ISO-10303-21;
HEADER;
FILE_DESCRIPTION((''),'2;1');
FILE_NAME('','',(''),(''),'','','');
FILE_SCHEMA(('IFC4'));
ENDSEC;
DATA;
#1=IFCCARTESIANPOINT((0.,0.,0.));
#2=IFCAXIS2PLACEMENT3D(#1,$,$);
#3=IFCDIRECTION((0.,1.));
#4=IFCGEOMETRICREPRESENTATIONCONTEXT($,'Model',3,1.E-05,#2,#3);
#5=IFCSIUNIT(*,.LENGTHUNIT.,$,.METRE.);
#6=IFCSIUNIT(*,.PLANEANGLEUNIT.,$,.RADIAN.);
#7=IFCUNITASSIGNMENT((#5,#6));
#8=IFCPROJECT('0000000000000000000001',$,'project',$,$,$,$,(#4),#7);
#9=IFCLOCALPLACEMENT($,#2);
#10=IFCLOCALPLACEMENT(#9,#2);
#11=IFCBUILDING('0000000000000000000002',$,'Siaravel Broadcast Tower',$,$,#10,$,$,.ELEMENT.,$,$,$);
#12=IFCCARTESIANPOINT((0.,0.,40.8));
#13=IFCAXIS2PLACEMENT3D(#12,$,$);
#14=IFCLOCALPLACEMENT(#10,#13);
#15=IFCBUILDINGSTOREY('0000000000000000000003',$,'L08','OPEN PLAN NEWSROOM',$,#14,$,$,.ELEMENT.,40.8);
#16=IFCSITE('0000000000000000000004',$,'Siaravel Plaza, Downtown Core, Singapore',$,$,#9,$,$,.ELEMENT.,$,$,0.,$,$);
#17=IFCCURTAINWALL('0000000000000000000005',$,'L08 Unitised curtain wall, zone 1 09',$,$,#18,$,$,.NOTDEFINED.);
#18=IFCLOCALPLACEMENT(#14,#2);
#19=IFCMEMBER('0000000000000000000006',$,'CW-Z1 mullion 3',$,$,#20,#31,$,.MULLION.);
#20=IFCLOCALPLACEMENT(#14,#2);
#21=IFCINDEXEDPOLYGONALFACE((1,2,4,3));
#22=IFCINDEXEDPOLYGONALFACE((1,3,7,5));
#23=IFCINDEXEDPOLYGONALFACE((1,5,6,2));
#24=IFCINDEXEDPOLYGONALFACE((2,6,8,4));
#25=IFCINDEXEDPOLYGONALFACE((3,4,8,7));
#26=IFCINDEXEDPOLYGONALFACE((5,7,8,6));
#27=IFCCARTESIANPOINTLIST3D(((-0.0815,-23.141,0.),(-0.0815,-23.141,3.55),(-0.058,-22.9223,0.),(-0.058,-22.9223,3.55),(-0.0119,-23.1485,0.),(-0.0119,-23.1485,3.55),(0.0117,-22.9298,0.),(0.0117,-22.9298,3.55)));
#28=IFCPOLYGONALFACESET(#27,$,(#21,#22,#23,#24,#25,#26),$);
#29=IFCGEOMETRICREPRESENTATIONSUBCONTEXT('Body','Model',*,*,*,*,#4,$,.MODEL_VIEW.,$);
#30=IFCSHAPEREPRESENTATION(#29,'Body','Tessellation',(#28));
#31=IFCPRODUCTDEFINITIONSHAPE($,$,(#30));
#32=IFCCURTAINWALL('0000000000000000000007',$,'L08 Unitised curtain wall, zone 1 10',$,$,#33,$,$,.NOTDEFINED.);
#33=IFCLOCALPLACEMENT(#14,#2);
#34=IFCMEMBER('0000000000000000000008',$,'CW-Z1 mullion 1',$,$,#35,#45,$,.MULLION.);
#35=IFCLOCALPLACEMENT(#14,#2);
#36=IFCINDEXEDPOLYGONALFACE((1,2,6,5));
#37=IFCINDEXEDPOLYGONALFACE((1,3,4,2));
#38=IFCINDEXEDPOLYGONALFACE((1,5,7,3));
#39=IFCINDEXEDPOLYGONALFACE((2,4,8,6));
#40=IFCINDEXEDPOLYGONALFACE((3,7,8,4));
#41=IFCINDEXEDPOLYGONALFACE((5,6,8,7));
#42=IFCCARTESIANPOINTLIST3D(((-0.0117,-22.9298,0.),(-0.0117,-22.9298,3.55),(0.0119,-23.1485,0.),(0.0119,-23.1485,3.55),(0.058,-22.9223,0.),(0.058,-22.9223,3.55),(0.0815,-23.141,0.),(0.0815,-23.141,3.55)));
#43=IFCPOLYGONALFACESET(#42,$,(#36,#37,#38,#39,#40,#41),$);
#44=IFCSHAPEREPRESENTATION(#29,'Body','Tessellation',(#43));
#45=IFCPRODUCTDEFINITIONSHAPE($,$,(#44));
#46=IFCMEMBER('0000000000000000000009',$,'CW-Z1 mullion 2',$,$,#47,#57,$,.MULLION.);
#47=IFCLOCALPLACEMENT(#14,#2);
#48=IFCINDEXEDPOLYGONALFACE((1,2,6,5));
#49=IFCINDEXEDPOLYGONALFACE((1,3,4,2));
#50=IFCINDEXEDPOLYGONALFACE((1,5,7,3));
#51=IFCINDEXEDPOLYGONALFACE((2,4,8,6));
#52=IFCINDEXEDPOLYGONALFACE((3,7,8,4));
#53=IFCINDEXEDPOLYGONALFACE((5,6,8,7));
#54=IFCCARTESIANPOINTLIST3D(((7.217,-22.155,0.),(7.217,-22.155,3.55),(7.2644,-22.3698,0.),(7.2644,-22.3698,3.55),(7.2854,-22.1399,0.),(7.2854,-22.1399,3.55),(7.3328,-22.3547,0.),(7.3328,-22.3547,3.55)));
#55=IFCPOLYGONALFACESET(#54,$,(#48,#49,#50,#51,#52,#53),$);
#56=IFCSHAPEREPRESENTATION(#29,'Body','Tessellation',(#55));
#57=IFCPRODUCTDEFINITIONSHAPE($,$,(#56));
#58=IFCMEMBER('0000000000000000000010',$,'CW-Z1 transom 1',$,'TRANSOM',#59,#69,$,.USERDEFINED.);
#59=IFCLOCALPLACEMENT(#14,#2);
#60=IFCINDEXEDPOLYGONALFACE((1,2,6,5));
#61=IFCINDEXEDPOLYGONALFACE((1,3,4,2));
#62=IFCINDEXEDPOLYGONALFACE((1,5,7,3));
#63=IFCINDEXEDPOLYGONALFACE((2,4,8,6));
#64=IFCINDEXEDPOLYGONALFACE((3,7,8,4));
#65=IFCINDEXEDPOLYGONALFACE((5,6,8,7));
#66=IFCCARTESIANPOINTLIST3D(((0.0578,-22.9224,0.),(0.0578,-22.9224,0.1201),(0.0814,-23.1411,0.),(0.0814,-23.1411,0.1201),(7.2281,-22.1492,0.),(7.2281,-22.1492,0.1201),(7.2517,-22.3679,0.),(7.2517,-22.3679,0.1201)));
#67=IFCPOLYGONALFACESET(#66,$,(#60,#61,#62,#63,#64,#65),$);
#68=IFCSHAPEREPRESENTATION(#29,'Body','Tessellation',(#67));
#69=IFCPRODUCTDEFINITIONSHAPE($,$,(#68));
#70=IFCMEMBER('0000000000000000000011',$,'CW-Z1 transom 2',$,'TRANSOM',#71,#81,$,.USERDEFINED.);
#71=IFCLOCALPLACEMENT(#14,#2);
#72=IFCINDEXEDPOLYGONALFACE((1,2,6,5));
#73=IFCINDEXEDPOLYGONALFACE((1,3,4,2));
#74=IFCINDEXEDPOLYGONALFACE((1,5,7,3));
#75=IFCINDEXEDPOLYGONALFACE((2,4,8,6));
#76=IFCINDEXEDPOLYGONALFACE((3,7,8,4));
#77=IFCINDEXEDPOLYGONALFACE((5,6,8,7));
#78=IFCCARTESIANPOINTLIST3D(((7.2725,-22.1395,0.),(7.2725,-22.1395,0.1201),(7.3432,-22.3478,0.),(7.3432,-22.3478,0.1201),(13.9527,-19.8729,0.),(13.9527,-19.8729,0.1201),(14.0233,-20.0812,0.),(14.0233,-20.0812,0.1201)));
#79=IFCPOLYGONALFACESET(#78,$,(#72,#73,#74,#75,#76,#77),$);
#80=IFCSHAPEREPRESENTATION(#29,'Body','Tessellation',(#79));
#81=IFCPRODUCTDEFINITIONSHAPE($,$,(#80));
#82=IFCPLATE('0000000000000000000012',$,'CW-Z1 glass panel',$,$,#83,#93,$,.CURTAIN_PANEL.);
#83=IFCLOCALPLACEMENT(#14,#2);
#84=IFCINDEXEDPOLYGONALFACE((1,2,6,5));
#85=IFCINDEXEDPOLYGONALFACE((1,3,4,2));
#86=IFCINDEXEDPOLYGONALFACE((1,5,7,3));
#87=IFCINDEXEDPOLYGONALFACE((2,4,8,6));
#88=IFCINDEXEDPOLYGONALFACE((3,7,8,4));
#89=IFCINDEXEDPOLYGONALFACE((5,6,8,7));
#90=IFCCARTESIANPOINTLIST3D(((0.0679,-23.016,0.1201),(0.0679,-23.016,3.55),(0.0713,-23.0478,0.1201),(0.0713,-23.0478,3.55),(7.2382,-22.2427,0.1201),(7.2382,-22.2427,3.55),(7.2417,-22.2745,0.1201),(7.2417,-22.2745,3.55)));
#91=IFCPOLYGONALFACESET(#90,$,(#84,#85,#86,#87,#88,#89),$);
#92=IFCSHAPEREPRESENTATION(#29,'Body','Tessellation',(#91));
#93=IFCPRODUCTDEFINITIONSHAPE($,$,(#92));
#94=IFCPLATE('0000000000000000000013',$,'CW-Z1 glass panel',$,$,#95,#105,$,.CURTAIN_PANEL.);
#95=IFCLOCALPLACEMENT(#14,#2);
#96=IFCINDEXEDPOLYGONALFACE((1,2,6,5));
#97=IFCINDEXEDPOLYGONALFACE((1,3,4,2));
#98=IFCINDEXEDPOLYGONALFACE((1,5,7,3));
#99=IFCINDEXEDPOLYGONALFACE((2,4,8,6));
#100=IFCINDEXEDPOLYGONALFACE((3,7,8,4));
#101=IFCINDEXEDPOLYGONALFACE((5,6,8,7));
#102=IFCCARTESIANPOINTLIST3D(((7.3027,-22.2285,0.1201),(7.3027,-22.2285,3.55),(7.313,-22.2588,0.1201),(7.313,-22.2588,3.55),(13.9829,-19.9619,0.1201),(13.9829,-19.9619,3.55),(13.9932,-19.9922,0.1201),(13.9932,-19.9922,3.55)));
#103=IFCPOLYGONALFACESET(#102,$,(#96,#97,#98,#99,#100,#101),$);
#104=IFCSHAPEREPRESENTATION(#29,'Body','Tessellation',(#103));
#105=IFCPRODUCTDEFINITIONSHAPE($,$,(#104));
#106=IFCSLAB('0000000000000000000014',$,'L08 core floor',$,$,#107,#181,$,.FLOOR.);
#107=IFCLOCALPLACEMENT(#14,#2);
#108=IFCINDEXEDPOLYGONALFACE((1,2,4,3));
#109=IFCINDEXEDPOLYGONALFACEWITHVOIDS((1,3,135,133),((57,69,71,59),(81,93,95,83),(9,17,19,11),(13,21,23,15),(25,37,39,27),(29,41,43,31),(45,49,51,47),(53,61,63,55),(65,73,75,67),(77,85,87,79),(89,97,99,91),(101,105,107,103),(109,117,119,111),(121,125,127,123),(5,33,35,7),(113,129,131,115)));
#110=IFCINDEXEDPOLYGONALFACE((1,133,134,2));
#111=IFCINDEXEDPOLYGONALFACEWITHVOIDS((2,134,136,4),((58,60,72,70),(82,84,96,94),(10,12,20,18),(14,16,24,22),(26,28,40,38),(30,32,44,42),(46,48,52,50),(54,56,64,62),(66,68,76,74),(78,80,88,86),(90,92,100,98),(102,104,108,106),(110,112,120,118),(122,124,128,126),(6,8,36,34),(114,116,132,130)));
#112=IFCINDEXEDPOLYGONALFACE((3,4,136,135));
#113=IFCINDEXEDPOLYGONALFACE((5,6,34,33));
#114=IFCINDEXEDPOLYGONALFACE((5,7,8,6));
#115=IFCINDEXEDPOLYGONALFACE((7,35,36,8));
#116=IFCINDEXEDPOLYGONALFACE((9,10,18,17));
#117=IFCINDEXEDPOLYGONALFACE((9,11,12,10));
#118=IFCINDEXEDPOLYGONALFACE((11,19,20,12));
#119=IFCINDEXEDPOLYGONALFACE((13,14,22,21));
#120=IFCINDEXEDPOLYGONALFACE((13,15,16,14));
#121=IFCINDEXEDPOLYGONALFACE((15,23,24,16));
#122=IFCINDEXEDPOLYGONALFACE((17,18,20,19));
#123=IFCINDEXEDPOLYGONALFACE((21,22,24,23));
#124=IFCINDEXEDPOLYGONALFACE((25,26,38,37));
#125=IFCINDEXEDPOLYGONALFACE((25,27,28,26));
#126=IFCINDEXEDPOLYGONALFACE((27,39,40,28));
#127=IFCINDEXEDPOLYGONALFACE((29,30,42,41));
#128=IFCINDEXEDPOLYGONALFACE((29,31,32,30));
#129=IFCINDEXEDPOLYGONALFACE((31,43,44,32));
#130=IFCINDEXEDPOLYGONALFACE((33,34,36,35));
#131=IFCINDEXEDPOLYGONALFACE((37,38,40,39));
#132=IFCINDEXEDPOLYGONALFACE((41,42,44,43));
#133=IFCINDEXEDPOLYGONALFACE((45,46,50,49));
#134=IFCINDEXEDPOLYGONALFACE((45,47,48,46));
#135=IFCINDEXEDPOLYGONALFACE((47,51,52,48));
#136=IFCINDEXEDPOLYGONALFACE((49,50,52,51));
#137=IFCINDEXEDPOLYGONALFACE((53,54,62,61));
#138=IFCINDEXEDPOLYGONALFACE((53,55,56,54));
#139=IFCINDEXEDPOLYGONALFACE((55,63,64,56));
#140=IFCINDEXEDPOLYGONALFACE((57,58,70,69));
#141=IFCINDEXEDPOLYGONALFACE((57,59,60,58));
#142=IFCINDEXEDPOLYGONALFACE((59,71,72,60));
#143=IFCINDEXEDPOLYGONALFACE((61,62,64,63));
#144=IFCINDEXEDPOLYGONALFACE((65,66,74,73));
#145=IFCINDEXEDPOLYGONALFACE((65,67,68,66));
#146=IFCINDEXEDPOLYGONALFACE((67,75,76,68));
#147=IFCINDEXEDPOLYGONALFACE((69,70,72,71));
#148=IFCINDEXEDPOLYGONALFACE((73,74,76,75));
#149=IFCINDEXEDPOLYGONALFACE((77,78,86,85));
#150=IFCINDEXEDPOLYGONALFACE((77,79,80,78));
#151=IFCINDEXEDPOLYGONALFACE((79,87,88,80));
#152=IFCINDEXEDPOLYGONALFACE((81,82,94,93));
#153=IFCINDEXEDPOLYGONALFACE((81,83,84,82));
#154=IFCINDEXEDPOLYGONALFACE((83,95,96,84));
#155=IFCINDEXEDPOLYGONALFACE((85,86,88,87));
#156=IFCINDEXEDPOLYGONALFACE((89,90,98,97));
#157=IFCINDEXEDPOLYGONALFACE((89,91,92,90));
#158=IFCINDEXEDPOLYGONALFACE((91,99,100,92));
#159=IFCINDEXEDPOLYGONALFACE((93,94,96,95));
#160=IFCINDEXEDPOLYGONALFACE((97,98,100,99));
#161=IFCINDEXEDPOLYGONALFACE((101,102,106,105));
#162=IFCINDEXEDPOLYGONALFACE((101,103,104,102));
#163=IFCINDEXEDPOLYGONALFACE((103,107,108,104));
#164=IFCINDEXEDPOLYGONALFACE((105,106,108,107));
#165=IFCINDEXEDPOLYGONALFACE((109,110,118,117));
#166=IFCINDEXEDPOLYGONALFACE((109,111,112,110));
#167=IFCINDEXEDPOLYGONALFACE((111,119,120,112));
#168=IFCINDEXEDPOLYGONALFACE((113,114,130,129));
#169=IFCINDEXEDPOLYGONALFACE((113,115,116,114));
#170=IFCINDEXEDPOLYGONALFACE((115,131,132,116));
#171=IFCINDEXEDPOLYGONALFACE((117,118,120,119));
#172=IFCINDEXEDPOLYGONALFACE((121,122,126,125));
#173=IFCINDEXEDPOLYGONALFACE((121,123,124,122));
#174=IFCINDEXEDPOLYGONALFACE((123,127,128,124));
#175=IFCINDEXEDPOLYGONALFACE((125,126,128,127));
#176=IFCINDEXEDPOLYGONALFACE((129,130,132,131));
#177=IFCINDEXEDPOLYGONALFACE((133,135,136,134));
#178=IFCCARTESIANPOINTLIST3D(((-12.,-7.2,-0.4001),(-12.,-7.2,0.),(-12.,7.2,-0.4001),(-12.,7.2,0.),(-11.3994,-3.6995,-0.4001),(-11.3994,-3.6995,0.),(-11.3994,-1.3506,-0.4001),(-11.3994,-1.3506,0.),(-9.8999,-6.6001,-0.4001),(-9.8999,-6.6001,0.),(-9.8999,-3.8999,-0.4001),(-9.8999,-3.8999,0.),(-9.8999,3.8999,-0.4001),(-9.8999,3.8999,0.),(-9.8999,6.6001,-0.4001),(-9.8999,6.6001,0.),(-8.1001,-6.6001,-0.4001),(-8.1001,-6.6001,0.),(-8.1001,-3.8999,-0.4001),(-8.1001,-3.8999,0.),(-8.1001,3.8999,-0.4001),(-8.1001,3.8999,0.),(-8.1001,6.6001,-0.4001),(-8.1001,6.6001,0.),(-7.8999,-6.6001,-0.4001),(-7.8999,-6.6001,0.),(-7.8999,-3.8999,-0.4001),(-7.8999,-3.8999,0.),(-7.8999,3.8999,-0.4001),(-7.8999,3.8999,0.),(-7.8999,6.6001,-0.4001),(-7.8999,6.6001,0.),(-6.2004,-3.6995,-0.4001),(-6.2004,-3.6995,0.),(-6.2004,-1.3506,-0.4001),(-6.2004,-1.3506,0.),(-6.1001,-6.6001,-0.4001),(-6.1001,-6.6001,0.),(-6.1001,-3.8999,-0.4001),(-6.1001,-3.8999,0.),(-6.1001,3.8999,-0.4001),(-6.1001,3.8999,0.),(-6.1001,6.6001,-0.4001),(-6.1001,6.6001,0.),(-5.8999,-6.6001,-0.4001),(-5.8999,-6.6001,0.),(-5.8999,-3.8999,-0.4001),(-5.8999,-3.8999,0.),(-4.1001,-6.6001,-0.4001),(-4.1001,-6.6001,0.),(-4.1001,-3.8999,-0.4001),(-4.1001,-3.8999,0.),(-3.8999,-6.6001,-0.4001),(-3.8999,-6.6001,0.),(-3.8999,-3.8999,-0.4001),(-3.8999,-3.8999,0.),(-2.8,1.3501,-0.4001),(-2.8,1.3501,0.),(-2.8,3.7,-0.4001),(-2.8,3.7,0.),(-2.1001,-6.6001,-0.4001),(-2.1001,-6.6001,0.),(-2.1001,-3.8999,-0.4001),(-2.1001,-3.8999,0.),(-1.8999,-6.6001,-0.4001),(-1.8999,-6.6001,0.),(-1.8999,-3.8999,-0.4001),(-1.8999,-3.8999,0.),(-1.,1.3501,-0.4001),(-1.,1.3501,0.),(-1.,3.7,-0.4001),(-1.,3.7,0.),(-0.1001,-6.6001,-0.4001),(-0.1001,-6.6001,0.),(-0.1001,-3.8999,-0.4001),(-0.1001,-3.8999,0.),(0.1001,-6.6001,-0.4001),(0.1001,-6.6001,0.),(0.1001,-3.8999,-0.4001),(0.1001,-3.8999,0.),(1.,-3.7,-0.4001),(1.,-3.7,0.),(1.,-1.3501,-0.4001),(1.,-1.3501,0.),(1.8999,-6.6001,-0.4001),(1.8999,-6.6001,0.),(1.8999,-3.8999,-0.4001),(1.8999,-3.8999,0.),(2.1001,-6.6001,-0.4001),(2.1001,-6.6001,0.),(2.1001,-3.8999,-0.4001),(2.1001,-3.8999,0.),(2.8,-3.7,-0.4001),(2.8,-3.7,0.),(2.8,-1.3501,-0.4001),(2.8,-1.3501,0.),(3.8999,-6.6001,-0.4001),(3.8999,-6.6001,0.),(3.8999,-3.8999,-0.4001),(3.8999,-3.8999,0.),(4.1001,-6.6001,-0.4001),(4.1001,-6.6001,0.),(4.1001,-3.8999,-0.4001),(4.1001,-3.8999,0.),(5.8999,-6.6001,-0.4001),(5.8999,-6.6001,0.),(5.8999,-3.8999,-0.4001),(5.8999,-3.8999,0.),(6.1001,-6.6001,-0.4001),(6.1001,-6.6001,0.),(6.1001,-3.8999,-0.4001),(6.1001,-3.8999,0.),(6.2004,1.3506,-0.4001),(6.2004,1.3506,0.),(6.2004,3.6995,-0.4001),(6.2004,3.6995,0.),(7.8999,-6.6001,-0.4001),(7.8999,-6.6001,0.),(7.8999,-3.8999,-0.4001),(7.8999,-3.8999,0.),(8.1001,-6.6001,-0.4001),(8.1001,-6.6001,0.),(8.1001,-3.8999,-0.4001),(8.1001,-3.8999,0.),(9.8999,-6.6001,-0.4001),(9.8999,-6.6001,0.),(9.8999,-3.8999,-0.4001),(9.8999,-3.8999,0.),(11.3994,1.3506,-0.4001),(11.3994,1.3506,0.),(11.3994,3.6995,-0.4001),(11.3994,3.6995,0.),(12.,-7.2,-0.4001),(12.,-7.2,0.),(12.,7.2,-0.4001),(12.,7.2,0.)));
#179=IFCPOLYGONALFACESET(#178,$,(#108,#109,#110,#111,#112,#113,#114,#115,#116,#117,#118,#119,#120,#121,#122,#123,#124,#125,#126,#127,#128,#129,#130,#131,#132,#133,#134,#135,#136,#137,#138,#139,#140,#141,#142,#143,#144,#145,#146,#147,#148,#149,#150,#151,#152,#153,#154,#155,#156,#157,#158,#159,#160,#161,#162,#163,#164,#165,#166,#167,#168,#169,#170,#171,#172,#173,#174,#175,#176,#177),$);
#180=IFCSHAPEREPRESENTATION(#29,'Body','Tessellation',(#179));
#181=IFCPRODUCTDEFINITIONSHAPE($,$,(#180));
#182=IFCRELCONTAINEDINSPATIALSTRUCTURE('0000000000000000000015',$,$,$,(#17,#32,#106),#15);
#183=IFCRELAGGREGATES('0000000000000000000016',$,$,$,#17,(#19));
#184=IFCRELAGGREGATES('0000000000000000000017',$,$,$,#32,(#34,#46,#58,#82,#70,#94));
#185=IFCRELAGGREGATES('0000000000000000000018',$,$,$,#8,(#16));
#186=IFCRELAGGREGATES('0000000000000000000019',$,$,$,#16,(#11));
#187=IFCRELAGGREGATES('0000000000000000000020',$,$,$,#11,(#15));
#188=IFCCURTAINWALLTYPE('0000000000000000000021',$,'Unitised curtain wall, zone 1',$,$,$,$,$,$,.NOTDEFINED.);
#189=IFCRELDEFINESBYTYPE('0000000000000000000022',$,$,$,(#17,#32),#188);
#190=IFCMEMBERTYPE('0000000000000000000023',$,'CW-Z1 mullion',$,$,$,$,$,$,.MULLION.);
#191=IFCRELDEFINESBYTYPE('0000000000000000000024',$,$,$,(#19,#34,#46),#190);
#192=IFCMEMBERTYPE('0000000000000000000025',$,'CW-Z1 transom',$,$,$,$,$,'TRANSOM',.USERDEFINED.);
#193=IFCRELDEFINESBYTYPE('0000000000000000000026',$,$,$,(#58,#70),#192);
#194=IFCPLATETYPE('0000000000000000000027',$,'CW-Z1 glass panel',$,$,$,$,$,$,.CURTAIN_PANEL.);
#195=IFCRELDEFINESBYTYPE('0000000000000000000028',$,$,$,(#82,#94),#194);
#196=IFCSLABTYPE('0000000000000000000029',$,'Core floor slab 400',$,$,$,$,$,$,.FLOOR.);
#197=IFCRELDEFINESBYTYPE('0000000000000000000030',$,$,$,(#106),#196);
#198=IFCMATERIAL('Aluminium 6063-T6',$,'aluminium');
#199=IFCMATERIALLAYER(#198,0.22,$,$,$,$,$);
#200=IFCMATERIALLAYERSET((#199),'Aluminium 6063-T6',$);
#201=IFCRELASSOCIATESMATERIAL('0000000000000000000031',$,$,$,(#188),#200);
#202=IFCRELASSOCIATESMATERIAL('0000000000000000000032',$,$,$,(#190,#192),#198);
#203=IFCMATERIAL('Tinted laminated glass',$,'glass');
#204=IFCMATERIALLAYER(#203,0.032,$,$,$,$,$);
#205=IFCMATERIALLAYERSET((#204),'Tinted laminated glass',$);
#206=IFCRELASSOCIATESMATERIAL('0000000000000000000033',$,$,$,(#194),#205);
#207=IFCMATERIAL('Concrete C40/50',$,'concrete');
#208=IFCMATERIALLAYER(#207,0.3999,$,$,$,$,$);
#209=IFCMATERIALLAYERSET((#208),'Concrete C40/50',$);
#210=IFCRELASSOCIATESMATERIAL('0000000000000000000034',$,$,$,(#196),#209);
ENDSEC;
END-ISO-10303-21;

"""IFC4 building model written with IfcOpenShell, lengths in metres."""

from ifc_helpers import new_model, si_unit, direction, frame, origin, origin_2d, place, context, subcontext, project, spatial, polyline, rectangle, outline, extrude, material, layer, layer_set, material_profile, profile_set, type_object, element, aggregate, save


model = new_model("IFC4")

# Units and contexts
model_context = context("Model", 3, precision=1e-05, world=origin(), true_north=direction((0.0, 1.0)))
body_context = subcontext(model_context, "Body", "Model", "MODEL_VIEW")
ifc_project = project(units=[si_unit("LENGTHUNIT", "METRE"), si_unit("PLANEANGLEUNIT", "RADIAN")], contexts=[model_context])

# Site, building, storey
site_placement = place(None, origin())
site = spatial("IfcSite", under=ifc_project, at=site_placement, Name="Siaravel Plaza, Downtown Core, Singapore", CompositionType="ELEMENT", RefElevation=0.0)
building_placement = place(site_placement, origin())
building = spatial("IfcBuilding", under=site, at=building_placement, Name="Siaravel Broadcast Tower", CompositionType="ELEMENT")
storey_placement = place(building_placement, frame((0.0, 0.0, 40.8)))
storey = spatial("IfcBuildingStorey", under=building, at=storey_placement, Name="L08", Description="OPEN PLAN NEWSROOM", CompositionType="ELEMENT", Elevation=40.8)

# Curtain wall, member
ifc_material_1 = material(Name="Aluminium 6063-T6", Category="aluminium")
ifc_layer_1 = layer(ifc_material_1, 0.22)
ifc_layer_set_1 = layer_set([ifc_layer_1], Name="Aluminium 6063-T6")
curtain_wall_type = type_object("IfcCurtainWallType", Name="Unitised curtain wall, zone 1", PredefinedType="NOTDEFINED", material=ifc_layer_set_1)
curtain_wall_1_placement = place(storey_placement, origin())
curtain_wall_1 = element("IfcCurtainWall", 1, at=curtain_wall_1_placement, inside=storey, type_object=curtain_wall_type, Name="L08 Unitised curtain wall, zone 1 09", PredefinedType="NOTDEFINED")
ifc_material_profile_1 = material_profile(ifc_material_1, rectangle(XDim=0.22, YDim=0.0701, at=origin_2d()))
ifc_profile_set_1 = profile_set([ifc_material_profile_1], Name="Aluminium 6063-T6")
member_type_1 = type_object("IfcMemberType", Name="CW-Z1 mullion", PredefinedType="MULLION", material=ifc_profile_set_1)
member_1_placement = place(storey_placement, frame((-0.0349, -23.0354, 0.0), z_axis=(0.0, 0.0, 1.0), x_axis=(0.107218, 0.994236, 0.0)))
member_1 = element("IfcMember", 2, at=member_1_placement, type_object=member_type_1, Name="CW-Z1 mullion 3", PredefinedType="MULLION", context=body_context, shape_type="SweptSolid", body=[
    extrude(rectangle(XDim=0.22, YDim=0.0701, at=origin_2d()), origin(), (0.0, 0.0, 1.0), 3.55),
])
aggregate(curtain_wall_1, [member_1])

# Curtain wall, members, plates
curtain_wall_2_placement = place(storey_placement, origin())
curtain_wall_2 = element("IfcCurtainWall", 3, at=curtain_wall_2_placement, inside=storey, type_object=curtain_wall_type, Name="L08 Unitised curtain wall, zone 1 10", PredefinedType="NOTDEFINED")
member_2_placement = place(storey_placement, frame((0.0349, -23.0354, 0.0), z_axis=(0.0, 0.0, 1.0), x_axis=(-0.107218, 0.994236, 0.0)))
member_2 = element("IfcMember", 4, at=member_2_placement, type_object=member_type_1, Name="CW-Z1 mullion 1", PredefinedType="MULLION", context=body_context, shape_type="SweptSolid", body=[
    extrude(rectangle(XDim=0.22, YDim=0.0701, at=origin_2d()), origin(), (0.0, 0.0, 1.0), 3.55),
])
member_3_placement = place(storey_placement, frame((7.2749, -22.2549, 0.0), z_axis=(0.0, 0.0, 1.0), x_axis=(-0.215558, 0.976491, 0.0)))
member_3 = element("IfcMember", 5, at=member_3_placement, type_object=member_type_1, Name="CW-Z1 mullion 2", PredefinedType="MULLION", context=body_context, shape_type="SweptSolid", body=[
    extrude(rectangle(XDim=0.22, YDim=0.0701, at=origin_2d()), origin(), (0.0, 0.0, 1.0), 3.55),
])
ifc_material_profile_2 = material_profile(ifc_material_1, rectangle(XDim=0.22, YDim=0.1201, at=origin_2d()))
ifc_profile_set_2 = profile_set([ifc_material_profile_2], Name="Aluminium 6063-T6")
member_type_2 = type_object("IfcMemberType", Name="CW-Z1 transom", ElementType="TRANSOM", PredefinedType="USERDEFINED", material=ifc_profile_set_2)
member_4_placement = place(storey_placement, frame((0.0696, -23.0317, 0.0601), z_axis=(0.994236, 0.10721, 0.0), x_axis=(-0.10721, 0.994236, 0.0)))
member_4 = element("IfcMember", 6, at=member_4_placement, type_object=member_type_2, Name="CW-Z1 transom 1", ObjectType="TRANSOM", PredefinedType="USERDEFINED", context=body_context, shape_type="SweptSolid", body=[
    extrude(rectangle(XDim=0.22, YDim=0.1201, at=origin_2d()), origin(), (0.0, 0.0, 1.0), 7.2119),
])
member_5_placement = place(storey_placement, frame((7.3079, -22.2437, 0.0601), z_axis=(0.946974, 0.321311, 0.0), x_axis=(-0.321311, 0.946974, 0.0)))
member_5 = element("IfcMember", 7, at=member_5_placement, type_object=member_type_2, Name="CW-Z1 transom 2", ObjectType="TRANSOM", PredefinedType="USERDEFINED", context=body_context, shape_type="SweptSolid", body=[
    extrude(rectangle(XDim=0.22, YDim=0.1201, at=origin_2d()), origin(), (0.0, 0.0, 1.0), 7.0542),
])
ifc_material_2 = material(Name="Tinted laminated glass", Category="glass")
ifc_layer_2 = layer(ifc_material_2, 0.032)
ifc_layer_set_2 = layer_set([ifc_layer_2], Name="Tinted laminated glass")
plate_type = type_object("IfcPlateType", Name="CW-Z1 glass panel", PredefinedType="CURTAIN_PANEL", material=ifc_layer_set_2)
plate_1_placement = place(storey_placement, frame((3.6548, -22.6453, 0.1201), z_axis=(0.0, 0.0, 1.0), x_axis=(0.994236, 0.107218, 0.0)))
plate_1 = element("IfcPlate", 8, at=plate_1_placement, type_object=plate_type, Name="CW-Z1 glass panel", PredefinedType="CURTAIN_PANEL", context=body_context, shape_type="SweptSolid", body=[
    extrude(rectangle(XDim=7.2119, YDim=0.032, at=origin_2d()), origin(), (0.0, 0.0, 1.0), 3.4299),
])
plate_2_placement = place(storey_placement, frame((10.6479, -21.1104, 0.1201), z_axis=(0.0, 0.0, 1.0), x_axis=(0.946977, 0.321301, 0.0)))
plate_2 = element("IfcPlate", 9, at=plate_2_placement, type_object=plate_type, Name="CW-Z1 glass panel", PredefinedType="CURTAIN_PANEL", context=body_context, shape_type="SweptSolid", body=[
    extrude(rectangle(XDim=7.0542, YDim=0.032, at=origin_2d()), origin(), (0.0, 0.0, 1.0), 3.4299),
])
aggregate(curtain_wall_2, [member_2, member_3, member_4, plate_1, member_5, plate_2])

# Slab
ifc_material_3 = material(Name="Concrete C40/50", Category="concrete")
ifc_layer_3 = layer(ifc_material_3, 0.3999)
ifc_layer_set_3 = layer_set([ifc_layer_3], Name="Concrete C40/50")
slab_type_1 = type_object("IfcSlabType", Name="Core floor slab 400", PredefinedType="FLOOR", material=ifc_layer_set_3)
slab_1_placement = place(storey_placement, frame((0.0, 0.0, -0.4001)))
element("IfcSlab", 10, at=slab_1_placement, inside=storey, type_object=slab_type_1, Name="L08 core floor", PredefinedType="FLOOR", context=body_context, shape_type="SweptSolid", body=[
    extrude(outline(polyline([(-12.0, -7.2), (-12.0, 7.2), (12.0, 7.2), (12.0, -7.2), (-12.0, -7.2)]), holes=[polyline([(11.3994, 1.3506), (11.3994, 3.6995), (6.2004, 3.6995), (6.2004, 1.3506), (11.3994, 1.3506)]), polyline([(9.8999, -3.8999), (8.1001, -3.8999), (8.1001, -6.6001), (9.8999, -6.6001), (9.8999, -3.8999)]), polyline([(7.8999, -3.8999), (6.1001, -3.8999), (6.1001, -6.6001), (7.8999, -6.6001), (7.8999, -3.8999)]), polyline([(5.8999, -3.8999), (4.1001, -3.8999), (4.1001, -6.6001), (5.8999, -6.6001), (5.8999, -3.8999)]), polyline([(3.8999, -3.8999), (2.1001, -3.8999), (2.1001, -6.6001), (3.8999, -6.6001), (3.8999, -3.8999)]), polyline([(2.8, -1.3501), (1.0, -1.3501), (1.0, -3.7), (2.8, -3.7), (2.8, -1.3501)]), polyline([(1.8999, -3.8999), (0.1001, -3.8999), (0.1001, -6.6001), (1.8999, -6.6001), (1.8999, -3.8999)]), polyline([(-0.1001, -3.8999), (-1.8999, -3.8999), (-1.8999, -6.6001), (-0.1001, -6.6001), (-0.1001, -3.8999)]), polyline([(-1.0, 3.7), (-2.8, 3.7), (-2.8, 1.3501), (-1.0, 1.3501), (-1.0, 3.7)]), polyline([(-2.1001, -3.8999), (-3.8999, -3.8999), (-3.8999, -6.6001), (-2.1001, -6.6001), (-2.1001, -3.8999)]), polyline([(-4.1001, -3.8999), (-5.8999, -3.8999), (-5.8999, -6.6001), (-4.1001, -6.6001), (-4.1001, -3.8999)]), polyline([(-6.1001, -3.8999), (-7.8999, -3.8999), (-7.8999, -6.6001), (-6.1001, -6.6001), (-6.1001, -3.8999)]), polyline([(-6.1001, 6.6001), (-7.8999, 6.6001), (-7.8999, 3.8999), (-6.1001, 3.8999), (-6.1001, 6.6001)]), polyline([(-11.3994, -1.3506), (-11.3994, -3.6995), (-6.2004, -3.6995), (-6.2004, -1.3506), (-11.3994, -1.3506)]), polyline([(-8.1001, -3.8999), (-9.8999, -3.8999), (-9.8999, -6.6001), (-8.1001, -6.6001), (-8.1001, -3.8999)]), polyline([(-8.1001, 6.6001), (-9.8999, 6.6001), (-9.8999, 3.8999), (-8.1001, 3.8999), (-8.1001, 6.6001)])]), origin(), (0.0, 0.0, 1.0), 0.4001),
])

save(model, "model.ifc")
